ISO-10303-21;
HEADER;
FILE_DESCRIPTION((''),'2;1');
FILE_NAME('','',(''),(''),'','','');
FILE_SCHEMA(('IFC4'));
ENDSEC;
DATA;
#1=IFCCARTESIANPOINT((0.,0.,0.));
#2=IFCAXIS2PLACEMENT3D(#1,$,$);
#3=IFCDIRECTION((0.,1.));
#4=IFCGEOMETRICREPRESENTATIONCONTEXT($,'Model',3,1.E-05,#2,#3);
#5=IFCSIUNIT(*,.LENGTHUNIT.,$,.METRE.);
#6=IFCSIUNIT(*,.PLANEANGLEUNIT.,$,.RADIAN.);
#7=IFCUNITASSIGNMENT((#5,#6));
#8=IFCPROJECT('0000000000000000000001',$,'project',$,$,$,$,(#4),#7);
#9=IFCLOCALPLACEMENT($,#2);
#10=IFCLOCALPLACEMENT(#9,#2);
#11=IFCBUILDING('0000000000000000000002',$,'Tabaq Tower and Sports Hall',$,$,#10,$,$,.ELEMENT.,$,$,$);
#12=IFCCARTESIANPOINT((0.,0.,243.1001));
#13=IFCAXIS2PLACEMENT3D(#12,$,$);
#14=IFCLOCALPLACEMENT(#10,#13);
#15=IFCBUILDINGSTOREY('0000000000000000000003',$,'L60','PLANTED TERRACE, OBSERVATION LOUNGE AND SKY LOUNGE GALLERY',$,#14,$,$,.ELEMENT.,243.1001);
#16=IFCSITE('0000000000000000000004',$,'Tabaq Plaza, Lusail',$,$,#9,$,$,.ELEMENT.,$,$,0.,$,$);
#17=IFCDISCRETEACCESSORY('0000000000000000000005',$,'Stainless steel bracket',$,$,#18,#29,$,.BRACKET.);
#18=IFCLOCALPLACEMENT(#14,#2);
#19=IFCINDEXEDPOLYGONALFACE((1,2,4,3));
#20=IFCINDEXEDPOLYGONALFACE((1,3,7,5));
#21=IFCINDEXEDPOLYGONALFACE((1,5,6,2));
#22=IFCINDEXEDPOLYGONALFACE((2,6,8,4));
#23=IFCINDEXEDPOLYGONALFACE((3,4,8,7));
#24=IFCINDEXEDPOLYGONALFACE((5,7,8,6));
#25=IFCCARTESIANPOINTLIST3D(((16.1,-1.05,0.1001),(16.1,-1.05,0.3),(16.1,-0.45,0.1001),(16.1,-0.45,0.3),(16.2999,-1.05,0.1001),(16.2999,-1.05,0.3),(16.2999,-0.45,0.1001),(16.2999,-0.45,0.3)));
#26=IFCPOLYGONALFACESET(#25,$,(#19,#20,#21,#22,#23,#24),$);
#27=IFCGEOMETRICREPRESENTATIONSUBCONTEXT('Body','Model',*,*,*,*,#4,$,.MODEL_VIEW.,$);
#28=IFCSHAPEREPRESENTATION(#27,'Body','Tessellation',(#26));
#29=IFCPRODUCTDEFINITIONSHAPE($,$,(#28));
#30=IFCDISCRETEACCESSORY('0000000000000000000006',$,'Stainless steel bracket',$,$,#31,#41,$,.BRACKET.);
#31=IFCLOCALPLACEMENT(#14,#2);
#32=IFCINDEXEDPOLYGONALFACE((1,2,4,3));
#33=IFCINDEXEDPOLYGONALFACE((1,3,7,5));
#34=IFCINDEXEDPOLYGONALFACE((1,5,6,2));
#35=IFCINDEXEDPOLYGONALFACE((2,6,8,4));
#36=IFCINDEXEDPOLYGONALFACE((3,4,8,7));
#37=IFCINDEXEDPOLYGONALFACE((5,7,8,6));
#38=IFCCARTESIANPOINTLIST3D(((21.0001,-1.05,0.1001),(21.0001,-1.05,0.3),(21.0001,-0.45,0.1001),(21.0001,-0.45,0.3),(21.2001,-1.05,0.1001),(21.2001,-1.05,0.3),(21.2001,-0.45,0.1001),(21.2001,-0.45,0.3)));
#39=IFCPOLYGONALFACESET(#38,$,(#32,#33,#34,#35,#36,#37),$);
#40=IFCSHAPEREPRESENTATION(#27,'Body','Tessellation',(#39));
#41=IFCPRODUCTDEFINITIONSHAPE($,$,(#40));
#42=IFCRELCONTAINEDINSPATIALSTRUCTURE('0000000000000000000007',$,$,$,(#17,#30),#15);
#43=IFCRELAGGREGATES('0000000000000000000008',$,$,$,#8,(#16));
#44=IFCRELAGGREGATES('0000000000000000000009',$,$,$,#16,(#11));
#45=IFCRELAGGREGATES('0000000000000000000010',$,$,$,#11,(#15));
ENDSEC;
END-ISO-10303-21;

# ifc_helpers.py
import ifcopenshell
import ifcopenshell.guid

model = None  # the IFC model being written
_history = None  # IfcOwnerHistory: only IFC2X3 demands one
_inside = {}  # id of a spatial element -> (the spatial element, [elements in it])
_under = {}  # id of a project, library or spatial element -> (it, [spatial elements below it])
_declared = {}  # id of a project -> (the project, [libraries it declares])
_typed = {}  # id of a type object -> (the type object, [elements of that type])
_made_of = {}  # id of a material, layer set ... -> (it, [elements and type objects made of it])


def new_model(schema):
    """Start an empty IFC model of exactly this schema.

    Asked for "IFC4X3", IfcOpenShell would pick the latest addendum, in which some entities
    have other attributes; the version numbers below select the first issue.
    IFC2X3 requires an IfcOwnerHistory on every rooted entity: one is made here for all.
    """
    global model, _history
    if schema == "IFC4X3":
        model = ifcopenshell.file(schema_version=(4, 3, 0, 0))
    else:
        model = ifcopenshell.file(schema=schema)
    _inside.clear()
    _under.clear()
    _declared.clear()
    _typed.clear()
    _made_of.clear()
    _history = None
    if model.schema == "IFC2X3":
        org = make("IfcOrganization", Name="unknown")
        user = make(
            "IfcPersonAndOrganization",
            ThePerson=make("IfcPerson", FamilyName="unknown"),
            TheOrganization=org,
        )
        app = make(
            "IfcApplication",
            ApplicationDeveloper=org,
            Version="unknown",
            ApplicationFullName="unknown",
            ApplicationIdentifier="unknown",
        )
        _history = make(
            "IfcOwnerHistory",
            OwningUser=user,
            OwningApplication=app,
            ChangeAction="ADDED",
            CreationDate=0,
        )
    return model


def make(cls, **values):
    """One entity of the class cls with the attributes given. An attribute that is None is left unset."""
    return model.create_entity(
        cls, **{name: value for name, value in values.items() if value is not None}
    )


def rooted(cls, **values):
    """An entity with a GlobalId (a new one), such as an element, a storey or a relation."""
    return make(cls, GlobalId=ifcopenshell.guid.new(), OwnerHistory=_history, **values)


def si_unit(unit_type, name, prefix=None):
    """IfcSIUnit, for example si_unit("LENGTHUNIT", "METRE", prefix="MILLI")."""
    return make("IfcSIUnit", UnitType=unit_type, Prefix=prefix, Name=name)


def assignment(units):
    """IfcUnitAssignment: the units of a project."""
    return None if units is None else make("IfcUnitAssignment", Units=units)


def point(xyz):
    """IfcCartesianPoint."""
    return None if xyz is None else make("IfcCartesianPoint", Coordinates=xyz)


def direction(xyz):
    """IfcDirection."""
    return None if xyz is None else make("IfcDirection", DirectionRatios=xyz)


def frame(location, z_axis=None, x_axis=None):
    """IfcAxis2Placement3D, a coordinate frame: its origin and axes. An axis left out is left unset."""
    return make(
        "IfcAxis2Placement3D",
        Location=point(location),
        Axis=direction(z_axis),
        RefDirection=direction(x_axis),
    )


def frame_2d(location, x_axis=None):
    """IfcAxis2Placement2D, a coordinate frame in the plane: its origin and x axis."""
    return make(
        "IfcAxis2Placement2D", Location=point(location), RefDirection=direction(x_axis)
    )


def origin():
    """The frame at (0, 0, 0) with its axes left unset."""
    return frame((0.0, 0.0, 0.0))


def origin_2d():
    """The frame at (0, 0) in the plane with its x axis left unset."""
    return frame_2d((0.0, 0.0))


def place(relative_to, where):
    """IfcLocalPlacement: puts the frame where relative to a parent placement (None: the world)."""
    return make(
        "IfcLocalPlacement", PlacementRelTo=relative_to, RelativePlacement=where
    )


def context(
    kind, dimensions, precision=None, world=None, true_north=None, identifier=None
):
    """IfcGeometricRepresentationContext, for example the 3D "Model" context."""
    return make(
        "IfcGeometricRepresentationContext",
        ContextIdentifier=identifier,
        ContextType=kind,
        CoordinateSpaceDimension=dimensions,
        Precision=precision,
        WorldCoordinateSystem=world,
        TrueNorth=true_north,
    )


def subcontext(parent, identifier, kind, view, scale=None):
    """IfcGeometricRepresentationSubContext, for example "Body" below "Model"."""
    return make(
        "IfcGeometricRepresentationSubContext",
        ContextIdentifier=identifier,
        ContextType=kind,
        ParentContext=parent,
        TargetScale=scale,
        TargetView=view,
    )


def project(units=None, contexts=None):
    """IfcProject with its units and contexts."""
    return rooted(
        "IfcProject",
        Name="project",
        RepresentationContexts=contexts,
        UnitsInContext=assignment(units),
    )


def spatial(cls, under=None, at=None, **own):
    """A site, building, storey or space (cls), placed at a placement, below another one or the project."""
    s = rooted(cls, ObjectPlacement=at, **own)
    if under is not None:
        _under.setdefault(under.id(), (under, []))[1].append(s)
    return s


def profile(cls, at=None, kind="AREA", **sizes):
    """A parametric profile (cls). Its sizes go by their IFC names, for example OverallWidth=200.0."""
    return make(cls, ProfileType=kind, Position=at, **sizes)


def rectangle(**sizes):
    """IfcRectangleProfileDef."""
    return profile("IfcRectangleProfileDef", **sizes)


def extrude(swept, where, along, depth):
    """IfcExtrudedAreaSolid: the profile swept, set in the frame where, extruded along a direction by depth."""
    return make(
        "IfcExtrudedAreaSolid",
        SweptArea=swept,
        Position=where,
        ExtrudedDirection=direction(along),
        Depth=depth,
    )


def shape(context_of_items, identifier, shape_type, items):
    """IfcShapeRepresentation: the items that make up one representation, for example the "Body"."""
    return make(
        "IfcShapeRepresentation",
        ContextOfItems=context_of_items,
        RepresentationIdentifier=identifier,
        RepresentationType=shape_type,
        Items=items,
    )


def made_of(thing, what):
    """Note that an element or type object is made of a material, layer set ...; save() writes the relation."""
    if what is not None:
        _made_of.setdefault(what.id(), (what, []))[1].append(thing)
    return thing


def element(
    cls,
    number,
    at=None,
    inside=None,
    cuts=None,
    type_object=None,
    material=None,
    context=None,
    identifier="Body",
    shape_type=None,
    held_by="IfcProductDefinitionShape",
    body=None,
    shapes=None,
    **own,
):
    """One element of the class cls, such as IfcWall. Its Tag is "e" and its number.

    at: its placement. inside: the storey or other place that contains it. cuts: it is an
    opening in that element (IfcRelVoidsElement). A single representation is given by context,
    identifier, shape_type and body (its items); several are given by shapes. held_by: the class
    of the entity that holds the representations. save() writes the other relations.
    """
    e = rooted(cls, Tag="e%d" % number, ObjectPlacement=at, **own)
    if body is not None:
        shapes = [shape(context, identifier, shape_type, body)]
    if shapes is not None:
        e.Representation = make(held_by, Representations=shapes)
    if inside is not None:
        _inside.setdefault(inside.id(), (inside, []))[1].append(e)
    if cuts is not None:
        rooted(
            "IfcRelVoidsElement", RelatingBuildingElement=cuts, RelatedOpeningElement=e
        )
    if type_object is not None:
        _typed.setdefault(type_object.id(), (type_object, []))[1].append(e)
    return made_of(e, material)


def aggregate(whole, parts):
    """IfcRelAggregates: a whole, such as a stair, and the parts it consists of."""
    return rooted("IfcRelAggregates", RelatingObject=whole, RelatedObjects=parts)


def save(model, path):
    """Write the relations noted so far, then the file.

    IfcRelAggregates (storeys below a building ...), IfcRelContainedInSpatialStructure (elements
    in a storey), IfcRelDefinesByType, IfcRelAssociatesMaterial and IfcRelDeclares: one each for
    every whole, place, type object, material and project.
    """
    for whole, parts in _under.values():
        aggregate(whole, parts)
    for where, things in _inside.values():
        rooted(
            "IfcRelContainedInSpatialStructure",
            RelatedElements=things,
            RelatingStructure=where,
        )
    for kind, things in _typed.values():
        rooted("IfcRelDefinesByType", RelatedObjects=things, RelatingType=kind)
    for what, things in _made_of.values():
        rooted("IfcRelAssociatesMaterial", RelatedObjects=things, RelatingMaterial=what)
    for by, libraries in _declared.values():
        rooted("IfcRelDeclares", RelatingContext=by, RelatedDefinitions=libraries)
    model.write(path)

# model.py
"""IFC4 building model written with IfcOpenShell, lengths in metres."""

from ifc_helpers import new_model, si_unit, direction, frame, origin, origin_2d, place, context, subcontext, project, spatial, rectangle, extrude, element, save


model = new_model("IFC4")

# Units and contexts
model_context = context("Model", 3, precision=1e-05, world=origin(), true_north=direction((0.0, 1.0)))
body_context = subcontext(model_context, "Body", "Model", "MODEL_VIEW")
ifc_project = project(units=[si_unit("LENGTHUNIT", "METRE"), si_unit("PLANEANGLEUNIT", "RADIAN")], contexts=[model_context])

# Site, building, storey
site_placement = place(None, origin())
site = spatial("IfcSite", under=ifc_project, at=site_placement, Name="Tabaq Plaza, Lusail", CompositionType="ELEMENT", RefElevation=0.0)
building_placement = place(site_placement, origin())
building = spatial("IfcBuilding", under=site, at=building_placement, Name="Tabaq Tower and Sports Hall", CompositionType="ELEMENT")
storey_placement = place(building_placement, frame((0.0, 0.0, 243.1001)))
storey = spatial("IfcBuildingStorey", under=building, at=storey_placement, Name="L60", Description="PLANTED TERRACE, OBSERVATION LOUNGE AND SKY LOUNGE GALLERY", CompositionType="ELEMENT", Elevation=243.1001)

# Discrete accessories
for number, where, z_axis, x_axis, name in (
    (1, (16.2, -0.75, 0.1001), (0.0, 0.0, 1.0), (0.0, -1.0, 0.0), "Stainless steel bracket"),
    (2, (21.1001, -0.75, 0.1001), (0.0, 0.0, 1.0), (0.0, -1.0, 0.0), "Stainless steel bracket"),
):
    element("IfcDiscreteAccessory", number, at=place(storey_placement, frame(where, z_axis=z_axis, x_axis=x_axis)), inside=storey, Name=name, PredefinedType="BRACKET", context=body_context, shape_type="SweptSolid", body=[
        extrude(rectangle(XDim=0.6001, YDim=0.2, at=origin_2d()), origin(), (0.0, 0.0, 1.0), 0.2),
    ])

save(model, "model.ifc")
